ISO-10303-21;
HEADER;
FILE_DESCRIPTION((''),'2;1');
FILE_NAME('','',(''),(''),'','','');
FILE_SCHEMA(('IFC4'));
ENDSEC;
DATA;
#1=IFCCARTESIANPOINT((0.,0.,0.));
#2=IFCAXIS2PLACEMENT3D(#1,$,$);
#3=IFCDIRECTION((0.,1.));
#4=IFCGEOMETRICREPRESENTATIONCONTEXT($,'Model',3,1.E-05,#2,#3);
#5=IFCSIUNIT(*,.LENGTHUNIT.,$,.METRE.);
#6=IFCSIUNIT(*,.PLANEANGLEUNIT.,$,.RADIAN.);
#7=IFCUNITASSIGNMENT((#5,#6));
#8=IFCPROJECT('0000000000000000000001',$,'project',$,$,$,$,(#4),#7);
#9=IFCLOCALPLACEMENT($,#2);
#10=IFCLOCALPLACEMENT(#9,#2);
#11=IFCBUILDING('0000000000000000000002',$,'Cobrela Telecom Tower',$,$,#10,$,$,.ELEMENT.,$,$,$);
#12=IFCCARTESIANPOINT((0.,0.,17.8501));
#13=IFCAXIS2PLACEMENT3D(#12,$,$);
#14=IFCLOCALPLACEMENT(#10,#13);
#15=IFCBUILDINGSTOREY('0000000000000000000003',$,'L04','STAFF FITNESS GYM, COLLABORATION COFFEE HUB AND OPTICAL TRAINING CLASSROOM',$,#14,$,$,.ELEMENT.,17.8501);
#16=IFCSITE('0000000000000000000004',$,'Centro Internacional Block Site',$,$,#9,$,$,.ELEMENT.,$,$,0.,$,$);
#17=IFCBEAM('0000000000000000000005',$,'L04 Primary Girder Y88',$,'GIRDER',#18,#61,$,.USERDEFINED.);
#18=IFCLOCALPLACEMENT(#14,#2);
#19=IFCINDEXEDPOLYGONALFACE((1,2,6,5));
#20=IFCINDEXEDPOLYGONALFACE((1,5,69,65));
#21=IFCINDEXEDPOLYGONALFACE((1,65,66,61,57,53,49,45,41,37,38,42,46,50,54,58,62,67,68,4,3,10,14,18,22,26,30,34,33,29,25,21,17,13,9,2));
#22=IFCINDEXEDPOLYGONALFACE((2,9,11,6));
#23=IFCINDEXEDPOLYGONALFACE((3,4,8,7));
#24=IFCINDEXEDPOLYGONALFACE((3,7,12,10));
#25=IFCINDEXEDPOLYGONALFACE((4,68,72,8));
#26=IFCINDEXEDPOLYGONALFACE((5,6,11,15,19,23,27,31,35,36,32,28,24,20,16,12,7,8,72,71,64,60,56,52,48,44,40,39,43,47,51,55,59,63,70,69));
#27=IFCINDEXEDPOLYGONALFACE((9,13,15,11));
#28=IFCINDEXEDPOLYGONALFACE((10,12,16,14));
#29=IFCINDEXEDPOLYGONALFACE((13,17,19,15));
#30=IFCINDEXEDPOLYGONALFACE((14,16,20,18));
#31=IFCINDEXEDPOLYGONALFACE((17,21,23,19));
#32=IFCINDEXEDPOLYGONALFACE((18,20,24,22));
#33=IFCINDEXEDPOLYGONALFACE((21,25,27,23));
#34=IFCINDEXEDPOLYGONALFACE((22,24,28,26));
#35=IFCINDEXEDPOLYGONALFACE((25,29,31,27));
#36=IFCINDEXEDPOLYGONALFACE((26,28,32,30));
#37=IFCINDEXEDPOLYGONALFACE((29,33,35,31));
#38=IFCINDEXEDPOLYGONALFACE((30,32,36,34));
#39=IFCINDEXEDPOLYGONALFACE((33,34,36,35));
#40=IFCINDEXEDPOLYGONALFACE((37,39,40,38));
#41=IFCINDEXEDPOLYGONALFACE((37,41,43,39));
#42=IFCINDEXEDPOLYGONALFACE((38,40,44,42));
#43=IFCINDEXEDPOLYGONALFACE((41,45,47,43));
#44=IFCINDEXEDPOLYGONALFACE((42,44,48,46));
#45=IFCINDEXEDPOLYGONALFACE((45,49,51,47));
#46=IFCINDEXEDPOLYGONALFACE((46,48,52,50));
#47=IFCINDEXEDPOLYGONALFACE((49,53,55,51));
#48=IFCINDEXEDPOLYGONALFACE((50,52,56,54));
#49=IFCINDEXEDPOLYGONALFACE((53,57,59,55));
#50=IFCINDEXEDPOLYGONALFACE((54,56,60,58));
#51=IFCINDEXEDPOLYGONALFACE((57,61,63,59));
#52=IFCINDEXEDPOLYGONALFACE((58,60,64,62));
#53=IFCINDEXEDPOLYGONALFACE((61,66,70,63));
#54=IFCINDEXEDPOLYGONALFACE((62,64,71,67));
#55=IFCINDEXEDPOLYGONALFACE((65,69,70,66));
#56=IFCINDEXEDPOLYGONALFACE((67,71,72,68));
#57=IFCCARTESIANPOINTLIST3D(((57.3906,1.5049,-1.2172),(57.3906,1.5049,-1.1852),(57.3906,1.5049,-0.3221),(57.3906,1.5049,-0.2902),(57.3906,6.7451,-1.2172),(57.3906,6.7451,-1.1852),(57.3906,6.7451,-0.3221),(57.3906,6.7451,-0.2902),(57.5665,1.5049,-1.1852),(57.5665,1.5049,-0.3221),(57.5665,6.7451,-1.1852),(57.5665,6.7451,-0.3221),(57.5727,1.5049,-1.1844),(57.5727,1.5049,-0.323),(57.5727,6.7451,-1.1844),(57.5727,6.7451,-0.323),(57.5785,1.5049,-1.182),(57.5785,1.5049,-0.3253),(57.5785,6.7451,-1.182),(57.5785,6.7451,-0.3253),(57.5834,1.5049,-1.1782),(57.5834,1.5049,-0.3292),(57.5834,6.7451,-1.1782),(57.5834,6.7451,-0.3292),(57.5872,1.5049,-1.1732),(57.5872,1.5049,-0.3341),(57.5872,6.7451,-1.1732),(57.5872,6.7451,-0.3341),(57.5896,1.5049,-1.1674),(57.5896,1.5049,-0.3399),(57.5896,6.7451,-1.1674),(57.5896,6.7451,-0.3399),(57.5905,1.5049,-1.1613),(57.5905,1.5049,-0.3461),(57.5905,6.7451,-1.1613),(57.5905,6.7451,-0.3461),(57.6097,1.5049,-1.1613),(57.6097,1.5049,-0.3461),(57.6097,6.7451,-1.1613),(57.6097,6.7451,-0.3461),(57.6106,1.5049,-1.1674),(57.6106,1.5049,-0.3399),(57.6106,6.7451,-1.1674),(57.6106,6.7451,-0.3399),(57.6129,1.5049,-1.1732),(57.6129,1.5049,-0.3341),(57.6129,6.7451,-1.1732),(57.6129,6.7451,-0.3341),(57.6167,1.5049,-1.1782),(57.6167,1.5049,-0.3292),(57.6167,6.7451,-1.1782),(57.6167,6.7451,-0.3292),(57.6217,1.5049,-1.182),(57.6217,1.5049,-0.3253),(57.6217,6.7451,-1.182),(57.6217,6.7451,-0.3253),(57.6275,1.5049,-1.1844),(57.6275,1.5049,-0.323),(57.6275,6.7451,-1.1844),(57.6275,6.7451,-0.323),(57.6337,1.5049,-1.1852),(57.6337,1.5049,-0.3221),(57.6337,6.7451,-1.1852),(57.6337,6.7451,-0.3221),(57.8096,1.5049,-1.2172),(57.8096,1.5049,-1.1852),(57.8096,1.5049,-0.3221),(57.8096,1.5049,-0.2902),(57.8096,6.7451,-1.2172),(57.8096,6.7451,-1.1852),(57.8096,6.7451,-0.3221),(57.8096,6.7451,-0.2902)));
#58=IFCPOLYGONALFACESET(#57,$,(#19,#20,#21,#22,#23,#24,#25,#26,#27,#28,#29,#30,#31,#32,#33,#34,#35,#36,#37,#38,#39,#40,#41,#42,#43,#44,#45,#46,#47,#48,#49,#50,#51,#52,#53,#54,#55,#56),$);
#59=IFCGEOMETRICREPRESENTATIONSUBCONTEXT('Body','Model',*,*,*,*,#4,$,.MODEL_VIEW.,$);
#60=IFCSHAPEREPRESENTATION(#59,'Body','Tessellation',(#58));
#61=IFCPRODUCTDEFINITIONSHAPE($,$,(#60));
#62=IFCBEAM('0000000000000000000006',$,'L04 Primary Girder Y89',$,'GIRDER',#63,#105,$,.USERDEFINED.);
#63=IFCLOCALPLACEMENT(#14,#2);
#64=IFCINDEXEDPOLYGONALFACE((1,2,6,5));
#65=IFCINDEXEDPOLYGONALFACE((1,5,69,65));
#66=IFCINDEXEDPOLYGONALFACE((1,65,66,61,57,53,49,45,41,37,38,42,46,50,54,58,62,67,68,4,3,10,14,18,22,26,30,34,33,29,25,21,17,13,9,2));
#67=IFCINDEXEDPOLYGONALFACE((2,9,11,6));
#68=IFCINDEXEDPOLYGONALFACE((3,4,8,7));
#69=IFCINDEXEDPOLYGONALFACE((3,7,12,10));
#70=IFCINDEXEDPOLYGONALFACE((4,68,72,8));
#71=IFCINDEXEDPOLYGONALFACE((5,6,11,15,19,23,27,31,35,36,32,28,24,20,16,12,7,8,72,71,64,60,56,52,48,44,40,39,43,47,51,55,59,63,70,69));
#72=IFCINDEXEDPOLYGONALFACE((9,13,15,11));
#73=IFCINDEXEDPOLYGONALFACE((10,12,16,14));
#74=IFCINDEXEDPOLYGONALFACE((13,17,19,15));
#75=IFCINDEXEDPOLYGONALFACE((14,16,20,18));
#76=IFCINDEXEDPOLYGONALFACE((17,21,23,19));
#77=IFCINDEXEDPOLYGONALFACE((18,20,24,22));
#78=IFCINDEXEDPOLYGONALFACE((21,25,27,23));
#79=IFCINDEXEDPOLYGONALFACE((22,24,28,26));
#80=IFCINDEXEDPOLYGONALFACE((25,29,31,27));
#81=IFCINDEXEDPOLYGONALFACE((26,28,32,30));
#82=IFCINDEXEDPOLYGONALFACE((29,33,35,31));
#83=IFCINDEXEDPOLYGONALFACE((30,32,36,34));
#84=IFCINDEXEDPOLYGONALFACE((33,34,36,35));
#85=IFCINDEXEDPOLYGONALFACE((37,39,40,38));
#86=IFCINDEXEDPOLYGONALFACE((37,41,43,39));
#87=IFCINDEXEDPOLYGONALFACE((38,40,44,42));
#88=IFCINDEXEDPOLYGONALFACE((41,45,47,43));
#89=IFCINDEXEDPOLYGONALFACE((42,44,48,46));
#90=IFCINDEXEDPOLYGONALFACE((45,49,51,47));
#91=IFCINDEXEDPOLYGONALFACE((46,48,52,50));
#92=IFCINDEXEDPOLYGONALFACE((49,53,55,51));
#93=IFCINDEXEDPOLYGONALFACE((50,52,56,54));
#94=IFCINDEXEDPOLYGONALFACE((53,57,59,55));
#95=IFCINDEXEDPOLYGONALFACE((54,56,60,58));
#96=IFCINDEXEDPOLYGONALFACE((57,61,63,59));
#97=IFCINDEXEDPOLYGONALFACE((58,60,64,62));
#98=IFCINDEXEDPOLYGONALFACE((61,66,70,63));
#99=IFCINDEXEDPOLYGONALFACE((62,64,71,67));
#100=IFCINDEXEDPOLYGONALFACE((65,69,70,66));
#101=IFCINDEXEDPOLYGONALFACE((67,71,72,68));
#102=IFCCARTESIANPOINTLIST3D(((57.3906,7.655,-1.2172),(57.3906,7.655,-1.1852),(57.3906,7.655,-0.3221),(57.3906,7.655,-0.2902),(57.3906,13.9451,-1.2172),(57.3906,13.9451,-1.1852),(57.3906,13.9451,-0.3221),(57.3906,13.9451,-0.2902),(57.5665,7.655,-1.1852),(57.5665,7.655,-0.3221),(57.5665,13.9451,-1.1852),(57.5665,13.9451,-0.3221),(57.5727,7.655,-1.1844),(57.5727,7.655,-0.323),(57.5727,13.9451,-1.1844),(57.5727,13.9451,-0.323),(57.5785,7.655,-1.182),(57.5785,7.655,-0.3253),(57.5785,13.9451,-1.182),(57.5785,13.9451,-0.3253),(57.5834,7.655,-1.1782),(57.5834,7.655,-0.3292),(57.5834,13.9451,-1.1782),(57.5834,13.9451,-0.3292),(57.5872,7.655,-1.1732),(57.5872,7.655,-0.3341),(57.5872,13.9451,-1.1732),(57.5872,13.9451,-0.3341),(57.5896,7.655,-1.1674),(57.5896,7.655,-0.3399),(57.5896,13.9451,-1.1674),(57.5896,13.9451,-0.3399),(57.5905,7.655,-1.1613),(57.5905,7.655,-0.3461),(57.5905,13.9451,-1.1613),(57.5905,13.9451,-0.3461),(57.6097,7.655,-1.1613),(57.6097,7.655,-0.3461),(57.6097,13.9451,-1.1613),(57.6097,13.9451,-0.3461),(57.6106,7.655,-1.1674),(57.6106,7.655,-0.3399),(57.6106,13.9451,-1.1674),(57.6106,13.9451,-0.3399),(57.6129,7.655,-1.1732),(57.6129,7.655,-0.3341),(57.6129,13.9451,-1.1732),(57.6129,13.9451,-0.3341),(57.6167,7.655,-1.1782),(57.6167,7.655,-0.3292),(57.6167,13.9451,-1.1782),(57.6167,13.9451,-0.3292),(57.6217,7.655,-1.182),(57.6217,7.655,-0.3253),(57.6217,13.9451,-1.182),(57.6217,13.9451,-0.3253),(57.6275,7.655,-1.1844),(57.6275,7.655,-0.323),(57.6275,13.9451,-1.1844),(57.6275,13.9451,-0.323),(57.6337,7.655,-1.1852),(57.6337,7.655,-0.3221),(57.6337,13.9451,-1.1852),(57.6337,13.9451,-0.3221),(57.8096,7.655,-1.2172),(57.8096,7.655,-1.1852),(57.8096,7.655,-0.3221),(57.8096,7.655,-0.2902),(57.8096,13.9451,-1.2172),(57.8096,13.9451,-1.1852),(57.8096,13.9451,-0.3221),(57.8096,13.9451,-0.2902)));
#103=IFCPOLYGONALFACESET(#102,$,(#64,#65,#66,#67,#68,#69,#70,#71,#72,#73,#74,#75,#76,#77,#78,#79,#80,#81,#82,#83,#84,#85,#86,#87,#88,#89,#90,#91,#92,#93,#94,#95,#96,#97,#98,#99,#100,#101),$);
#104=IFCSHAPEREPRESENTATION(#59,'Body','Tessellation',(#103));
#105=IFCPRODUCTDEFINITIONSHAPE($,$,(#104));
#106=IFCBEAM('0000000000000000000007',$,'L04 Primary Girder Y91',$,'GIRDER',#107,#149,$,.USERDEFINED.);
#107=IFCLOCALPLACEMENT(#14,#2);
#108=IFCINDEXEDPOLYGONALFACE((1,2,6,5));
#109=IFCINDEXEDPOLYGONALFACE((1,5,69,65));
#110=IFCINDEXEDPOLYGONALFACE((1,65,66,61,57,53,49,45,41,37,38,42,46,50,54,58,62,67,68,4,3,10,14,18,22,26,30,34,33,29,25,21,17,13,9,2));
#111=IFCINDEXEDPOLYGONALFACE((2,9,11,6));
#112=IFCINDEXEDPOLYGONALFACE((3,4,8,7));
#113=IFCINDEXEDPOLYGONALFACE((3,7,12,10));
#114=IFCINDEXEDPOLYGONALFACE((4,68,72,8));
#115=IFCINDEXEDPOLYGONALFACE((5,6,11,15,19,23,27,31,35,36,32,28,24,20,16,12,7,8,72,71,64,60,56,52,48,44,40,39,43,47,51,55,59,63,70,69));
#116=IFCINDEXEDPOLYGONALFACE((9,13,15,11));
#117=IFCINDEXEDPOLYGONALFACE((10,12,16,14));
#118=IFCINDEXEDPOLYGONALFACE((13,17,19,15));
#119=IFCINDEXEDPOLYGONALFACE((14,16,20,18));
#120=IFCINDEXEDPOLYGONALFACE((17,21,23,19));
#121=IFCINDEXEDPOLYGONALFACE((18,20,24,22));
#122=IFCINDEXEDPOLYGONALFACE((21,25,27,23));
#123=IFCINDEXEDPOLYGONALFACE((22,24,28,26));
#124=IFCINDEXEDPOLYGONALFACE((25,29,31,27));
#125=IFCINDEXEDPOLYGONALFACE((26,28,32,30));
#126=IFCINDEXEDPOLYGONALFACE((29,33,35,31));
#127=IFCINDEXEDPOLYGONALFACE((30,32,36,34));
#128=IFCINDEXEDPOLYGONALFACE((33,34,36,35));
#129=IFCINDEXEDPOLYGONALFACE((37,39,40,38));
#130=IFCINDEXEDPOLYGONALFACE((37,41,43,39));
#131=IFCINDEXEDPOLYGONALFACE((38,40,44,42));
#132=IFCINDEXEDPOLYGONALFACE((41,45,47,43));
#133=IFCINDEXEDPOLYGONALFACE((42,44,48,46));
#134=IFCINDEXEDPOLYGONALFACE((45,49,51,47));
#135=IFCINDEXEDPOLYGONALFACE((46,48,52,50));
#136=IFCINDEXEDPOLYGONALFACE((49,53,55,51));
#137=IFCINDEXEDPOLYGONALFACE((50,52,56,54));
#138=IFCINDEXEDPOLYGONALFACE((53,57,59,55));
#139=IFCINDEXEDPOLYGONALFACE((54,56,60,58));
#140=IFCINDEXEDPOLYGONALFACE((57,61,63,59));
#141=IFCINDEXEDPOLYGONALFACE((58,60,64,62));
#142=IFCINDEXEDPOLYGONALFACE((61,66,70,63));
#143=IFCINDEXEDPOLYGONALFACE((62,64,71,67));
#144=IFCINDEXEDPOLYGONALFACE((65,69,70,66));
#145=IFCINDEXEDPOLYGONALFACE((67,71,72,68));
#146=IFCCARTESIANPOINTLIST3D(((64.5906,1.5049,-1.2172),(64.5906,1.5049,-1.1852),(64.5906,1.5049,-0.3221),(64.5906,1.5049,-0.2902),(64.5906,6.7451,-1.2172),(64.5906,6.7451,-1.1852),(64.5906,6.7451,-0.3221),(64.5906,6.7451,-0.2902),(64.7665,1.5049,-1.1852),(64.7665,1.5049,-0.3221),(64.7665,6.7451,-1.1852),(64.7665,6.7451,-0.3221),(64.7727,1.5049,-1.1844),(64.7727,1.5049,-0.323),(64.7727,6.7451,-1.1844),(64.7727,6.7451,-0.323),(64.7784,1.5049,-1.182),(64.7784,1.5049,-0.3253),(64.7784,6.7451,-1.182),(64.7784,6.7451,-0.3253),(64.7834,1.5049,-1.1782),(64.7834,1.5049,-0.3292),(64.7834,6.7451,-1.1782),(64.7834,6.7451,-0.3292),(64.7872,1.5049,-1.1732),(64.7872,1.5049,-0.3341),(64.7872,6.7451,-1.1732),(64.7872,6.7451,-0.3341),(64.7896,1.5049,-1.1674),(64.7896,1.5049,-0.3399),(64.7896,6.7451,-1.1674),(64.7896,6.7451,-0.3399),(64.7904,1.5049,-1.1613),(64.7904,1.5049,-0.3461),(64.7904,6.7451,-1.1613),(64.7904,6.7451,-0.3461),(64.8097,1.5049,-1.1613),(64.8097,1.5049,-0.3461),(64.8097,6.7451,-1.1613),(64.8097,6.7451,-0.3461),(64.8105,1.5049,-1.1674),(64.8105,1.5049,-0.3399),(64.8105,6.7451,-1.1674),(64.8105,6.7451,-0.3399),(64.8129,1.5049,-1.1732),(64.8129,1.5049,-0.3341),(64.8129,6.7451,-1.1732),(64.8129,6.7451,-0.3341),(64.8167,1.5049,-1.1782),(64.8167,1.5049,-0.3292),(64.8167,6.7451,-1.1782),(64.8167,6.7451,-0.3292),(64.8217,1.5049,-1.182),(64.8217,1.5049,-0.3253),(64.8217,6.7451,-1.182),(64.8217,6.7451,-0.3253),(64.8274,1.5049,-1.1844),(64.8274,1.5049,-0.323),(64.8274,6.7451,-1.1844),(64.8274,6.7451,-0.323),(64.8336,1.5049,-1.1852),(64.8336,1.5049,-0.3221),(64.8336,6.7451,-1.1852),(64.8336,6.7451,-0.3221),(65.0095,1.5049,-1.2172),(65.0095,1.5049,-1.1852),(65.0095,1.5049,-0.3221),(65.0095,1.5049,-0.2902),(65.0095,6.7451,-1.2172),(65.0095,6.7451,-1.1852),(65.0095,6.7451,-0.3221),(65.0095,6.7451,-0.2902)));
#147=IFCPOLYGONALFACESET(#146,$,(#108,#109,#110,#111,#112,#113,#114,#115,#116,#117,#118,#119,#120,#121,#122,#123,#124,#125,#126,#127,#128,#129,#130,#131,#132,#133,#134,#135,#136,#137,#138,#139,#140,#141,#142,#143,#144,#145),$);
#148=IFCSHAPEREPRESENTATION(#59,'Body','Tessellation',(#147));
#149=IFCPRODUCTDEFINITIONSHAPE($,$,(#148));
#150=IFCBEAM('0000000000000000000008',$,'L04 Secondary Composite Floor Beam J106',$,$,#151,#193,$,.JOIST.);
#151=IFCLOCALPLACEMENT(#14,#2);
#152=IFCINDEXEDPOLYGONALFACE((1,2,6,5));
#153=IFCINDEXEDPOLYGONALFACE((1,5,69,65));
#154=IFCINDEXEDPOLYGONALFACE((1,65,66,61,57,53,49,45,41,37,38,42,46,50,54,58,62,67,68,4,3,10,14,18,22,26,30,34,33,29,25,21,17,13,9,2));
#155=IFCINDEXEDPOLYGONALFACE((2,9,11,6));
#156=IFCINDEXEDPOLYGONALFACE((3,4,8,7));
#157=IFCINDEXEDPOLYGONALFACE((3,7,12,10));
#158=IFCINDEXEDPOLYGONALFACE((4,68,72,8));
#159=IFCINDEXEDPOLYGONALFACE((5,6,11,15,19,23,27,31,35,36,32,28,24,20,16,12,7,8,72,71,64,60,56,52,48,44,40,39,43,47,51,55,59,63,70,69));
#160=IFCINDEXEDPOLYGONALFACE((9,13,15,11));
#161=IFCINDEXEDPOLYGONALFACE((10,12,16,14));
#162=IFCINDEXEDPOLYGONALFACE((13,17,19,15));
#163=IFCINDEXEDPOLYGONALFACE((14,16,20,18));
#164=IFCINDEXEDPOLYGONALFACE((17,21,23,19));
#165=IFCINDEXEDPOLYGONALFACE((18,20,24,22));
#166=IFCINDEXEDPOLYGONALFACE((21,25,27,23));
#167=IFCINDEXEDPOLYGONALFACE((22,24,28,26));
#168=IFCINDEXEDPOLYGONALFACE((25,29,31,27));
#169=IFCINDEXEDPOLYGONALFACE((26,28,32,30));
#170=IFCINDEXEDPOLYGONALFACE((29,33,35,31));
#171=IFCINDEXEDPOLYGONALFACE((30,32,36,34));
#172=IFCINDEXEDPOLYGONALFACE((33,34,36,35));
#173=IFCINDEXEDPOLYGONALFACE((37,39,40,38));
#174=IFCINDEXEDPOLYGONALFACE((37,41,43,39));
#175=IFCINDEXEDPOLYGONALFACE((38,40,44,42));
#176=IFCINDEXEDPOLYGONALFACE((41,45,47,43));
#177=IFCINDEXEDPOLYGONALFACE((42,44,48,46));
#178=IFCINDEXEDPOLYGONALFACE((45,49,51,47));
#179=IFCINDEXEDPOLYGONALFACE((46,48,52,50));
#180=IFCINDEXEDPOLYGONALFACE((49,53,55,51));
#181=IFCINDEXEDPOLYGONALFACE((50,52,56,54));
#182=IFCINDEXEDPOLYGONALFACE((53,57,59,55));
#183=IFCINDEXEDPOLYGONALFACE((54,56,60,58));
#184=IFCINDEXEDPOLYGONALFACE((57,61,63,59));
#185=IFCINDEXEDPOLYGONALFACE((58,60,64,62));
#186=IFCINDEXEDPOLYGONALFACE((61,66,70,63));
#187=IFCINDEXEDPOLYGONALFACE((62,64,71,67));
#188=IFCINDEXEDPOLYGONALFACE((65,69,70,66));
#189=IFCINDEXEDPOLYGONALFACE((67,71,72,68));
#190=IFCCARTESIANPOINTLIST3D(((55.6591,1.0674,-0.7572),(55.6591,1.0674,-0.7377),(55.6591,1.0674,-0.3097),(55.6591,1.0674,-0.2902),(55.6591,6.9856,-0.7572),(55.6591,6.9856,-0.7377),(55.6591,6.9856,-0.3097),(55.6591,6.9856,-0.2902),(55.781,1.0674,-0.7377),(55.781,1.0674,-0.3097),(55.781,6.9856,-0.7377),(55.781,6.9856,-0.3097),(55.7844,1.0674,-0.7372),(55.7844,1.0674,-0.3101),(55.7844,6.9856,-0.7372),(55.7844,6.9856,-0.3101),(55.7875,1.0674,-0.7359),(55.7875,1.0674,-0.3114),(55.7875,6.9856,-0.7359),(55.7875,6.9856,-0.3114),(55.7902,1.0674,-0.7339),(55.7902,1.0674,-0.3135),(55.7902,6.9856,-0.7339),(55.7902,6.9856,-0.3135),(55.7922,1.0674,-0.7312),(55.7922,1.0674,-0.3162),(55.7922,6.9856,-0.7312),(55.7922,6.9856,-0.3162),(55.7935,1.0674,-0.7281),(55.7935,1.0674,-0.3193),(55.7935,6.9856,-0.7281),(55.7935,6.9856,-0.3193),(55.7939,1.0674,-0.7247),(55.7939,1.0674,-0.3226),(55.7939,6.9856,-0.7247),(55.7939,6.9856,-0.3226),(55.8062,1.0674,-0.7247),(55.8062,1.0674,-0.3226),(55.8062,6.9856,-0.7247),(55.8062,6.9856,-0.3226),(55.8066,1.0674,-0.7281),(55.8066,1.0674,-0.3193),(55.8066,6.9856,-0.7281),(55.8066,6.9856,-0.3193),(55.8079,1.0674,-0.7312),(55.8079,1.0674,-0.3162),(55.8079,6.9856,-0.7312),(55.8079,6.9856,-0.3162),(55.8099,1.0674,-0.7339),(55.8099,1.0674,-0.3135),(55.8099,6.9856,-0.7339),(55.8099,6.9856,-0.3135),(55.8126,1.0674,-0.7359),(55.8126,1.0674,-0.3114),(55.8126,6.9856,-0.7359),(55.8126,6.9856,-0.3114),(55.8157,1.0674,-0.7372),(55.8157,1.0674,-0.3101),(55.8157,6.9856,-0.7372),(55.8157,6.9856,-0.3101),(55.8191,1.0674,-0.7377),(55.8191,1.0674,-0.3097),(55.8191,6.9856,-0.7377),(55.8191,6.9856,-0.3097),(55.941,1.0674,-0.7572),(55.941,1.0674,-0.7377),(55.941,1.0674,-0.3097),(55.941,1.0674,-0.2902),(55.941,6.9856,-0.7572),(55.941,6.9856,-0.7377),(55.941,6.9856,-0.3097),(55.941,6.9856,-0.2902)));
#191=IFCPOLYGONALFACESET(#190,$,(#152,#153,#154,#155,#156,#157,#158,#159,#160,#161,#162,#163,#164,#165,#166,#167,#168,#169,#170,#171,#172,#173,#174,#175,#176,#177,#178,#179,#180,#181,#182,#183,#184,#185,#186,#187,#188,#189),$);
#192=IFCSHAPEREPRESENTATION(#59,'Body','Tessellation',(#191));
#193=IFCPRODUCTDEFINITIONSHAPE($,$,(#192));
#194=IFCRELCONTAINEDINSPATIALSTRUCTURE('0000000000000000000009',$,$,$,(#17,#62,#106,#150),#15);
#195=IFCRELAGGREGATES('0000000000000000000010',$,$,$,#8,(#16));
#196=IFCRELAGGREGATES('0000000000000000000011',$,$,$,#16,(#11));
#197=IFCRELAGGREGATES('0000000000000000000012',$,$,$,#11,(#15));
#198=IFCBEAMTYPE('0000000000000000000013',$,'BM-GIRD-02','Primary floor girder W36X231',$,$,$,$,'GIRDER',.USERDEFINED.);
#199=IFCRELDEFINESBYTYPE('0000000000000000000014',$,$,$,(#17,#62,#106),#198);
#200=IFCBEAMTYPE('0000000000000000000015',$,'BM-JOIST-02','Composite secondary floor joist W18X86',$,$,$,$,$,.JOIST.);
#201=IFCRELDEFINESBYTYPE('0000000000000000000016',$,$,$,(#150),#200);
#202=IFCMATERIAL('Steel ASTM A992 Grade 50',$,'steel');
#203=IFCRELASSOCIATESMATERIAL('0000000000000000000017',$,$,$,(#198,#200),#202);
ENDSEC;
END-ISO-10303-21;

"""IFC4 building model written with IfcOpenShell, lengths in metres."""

from ifc_helpers import new_model, si_unit, direction, frame, origin, origin_2d, place, context, subcontext, project, spatial, i_section, extrude, material, material_profile, profile_set, type_object, element, save


model = new_model("IFC4")

# Units and contexts
model_context = context("Model", 3, precision=1e-05, world=origin(), true_north=direction((0.0, 1.0)))
body_context = subcontext(model_context, "Body", "Model", "MODEL_VIEW")
ifc_project = project(units=[si_unit("LENGTHUNIT", "METRE"), si_unit("PLANEANGLEUNIT", "RADIAN")], contexts=[model_context])

# Site, building, storey
site_placement = place(None, origin())
site = spatial("IfcSite", under=ifc_project, at=site_placement, Name="Centro Internacional Block Site", CompositionType="ELEMENT", RefElevation=0.0)
building_placement = place(site_placement, origin())
building = spatial("IfcBuilding", under=site, at=building_placement, Name="Cobrela Telecom Tower", CompositionType="ELEMENT")
storey_placement = place(building_placement, frame((0.0, 0.0, 17.8501)))
storey = spatial("IfcBuildingStorey", under=building, at=storey_placement, Name="L04", Description="STAFF FITNESS GYM, COLLABORATION COFFEE HUB AND OPTICAL TRAINING CLASSROOM", CompositionType="ELEMENT", Elevation=17.8501)

# Beams
ifc_material_1 = material(Name="Steel ASTM A992 Grade 50", Category="steel")
ifc_material_profile_1 = material_profile(ifc_material_1, i_section(OverallWidth=0.4189, OverallDepth=0.927, WebThickness=0.0193, FlangeThickness=0.032, FilletRadius=0.0239, at=origin_2d()), Name="W36X231")
ifc_profile_set_1 = profile_set([ifc_material_profile_1], Name="Steel ASTM A992 Grade 50")
beam_type_1 = type_object("IfcBeamType", Name="BM-GIRD-02", Description="Primary floor girder W36X231", ElementType="GIRDER", PredefinedType="USERDEFINED", material=ifc_profile_set_1)
beam_1_placement = place(storey_placement, frame((57.6001, 1.5049, -0.7537), z_axis=(0.0, 1.0, 0.0), x_axis=(-1.0, 0.0, 0.0)))
element("IfcBeam", 1, at=beam_1_placement, inside=storey, type_object=beam_type_1, Name="L04 Primary Girder Y88", ObjectType="GIRDER", PredefinedType="USERDEFINED", context=body_context, shape_type="SweptSolid", body=[
    extrude(i_section(OverallWidth=0.4189, OverallDepth=0.927, WebThickness=0.0193, FlangeThickness=0.032, FilletRadius=0.0239, at=origin_2d()), origin(), (0.0, 0.0, 1.0), 5.2402),
])
beam_2_placement = place(storey_placement, frame((57.6001, 7.655, -0.7537), z_axis=(0.0, 1.0, 0.0), x_axis=(-1.0, 0.0, 0.0)))
element("IfcBeam", 2, at=beam_2_placement, inside=storey, type_object=beam_type_1, Name="L04 Primary Girder Y89", ObjectType="GIRDER", PredefinedType="USERDEFINED", context=body_context, shape_type="SweptSolid", body=[
    extrude(i_section(OverallWidth=0.4189, OverallDepth=0.927, WebThickness=0.0193, FlangeThickness=0.032, FilletRadius=0.0239, at=origin_2d()), origin(), (0.0, 0.0, 1.0), 6.29),
])
beam_3_placement = place(storey_placement, frame((64.8, 1.5049, -0.7537), z_axis=(0.0, 1.0, 0.0), x_axis=(-1.0, 0.0, 0.0)))
element("IfcBeam", 3, at=beam_3_placement, inside=storey, type_object=beam_type_1, Name="L04 Primary Girder Y91", ObjectType="GIRDER", PredefinedType="USERDEFINED", context=body_context, shape_type="SweptSolid", body=[
    extrude(i_section(OverallWidth=0.4189, OverallDepth=0.927, WebThickness=0.0193, FlangeThickness=0.032, FilletRadius=0.0239, at=origin_2d()), origin(), (0.0, 0.0, 1.0), 5.2402),
])
ifc_material_profile_2 = material_profile(ifc_material_1, i_section(OverallWidth=0.282, OverallDepth=0.467, WebThickness=0.0122, FlangeThickness=0.0195, FilletRadius=0.0129, at=origin_2d()), Name="W18X86")
ifc_profile_set_2 = profile_set([ifc_material_profile_2], Name="Steel ASTM A992 Grade 50")
beam_type_2 = type_object("IfcBeamType", Name="BM-JOIST-02", Description="Composite secondary floor joist W18X86", PredefinedType="JOIST", material=ifc_profile_set_2)
beam_4_placement = place(storey_placement, frame((55.8, 1.0674, -0.5237), z_axis=(0.0, 1.0, 0.0), x_axis=(-1.0, 0.0, 0.0)))
element("IfcBeam", 4, at=beam_4_placement, inside=storey, type_object=beam_type_2, Name="L04 Secondary Composite Floor Beam J106", PredefinedType="JOIST", context=body_context, shape_type="SweptSolid", body=[
    extrude(i_section(OverallWidth=0.282, OverallDepth=0.467, WebThickness=0.0122, FlangeThickness=0.0195, FilletRadius=0.0129, at=origin_2d()), origin(), (0.0, 0.0, 1.0), 5.9182),
])

save(model, "model.ifc")
